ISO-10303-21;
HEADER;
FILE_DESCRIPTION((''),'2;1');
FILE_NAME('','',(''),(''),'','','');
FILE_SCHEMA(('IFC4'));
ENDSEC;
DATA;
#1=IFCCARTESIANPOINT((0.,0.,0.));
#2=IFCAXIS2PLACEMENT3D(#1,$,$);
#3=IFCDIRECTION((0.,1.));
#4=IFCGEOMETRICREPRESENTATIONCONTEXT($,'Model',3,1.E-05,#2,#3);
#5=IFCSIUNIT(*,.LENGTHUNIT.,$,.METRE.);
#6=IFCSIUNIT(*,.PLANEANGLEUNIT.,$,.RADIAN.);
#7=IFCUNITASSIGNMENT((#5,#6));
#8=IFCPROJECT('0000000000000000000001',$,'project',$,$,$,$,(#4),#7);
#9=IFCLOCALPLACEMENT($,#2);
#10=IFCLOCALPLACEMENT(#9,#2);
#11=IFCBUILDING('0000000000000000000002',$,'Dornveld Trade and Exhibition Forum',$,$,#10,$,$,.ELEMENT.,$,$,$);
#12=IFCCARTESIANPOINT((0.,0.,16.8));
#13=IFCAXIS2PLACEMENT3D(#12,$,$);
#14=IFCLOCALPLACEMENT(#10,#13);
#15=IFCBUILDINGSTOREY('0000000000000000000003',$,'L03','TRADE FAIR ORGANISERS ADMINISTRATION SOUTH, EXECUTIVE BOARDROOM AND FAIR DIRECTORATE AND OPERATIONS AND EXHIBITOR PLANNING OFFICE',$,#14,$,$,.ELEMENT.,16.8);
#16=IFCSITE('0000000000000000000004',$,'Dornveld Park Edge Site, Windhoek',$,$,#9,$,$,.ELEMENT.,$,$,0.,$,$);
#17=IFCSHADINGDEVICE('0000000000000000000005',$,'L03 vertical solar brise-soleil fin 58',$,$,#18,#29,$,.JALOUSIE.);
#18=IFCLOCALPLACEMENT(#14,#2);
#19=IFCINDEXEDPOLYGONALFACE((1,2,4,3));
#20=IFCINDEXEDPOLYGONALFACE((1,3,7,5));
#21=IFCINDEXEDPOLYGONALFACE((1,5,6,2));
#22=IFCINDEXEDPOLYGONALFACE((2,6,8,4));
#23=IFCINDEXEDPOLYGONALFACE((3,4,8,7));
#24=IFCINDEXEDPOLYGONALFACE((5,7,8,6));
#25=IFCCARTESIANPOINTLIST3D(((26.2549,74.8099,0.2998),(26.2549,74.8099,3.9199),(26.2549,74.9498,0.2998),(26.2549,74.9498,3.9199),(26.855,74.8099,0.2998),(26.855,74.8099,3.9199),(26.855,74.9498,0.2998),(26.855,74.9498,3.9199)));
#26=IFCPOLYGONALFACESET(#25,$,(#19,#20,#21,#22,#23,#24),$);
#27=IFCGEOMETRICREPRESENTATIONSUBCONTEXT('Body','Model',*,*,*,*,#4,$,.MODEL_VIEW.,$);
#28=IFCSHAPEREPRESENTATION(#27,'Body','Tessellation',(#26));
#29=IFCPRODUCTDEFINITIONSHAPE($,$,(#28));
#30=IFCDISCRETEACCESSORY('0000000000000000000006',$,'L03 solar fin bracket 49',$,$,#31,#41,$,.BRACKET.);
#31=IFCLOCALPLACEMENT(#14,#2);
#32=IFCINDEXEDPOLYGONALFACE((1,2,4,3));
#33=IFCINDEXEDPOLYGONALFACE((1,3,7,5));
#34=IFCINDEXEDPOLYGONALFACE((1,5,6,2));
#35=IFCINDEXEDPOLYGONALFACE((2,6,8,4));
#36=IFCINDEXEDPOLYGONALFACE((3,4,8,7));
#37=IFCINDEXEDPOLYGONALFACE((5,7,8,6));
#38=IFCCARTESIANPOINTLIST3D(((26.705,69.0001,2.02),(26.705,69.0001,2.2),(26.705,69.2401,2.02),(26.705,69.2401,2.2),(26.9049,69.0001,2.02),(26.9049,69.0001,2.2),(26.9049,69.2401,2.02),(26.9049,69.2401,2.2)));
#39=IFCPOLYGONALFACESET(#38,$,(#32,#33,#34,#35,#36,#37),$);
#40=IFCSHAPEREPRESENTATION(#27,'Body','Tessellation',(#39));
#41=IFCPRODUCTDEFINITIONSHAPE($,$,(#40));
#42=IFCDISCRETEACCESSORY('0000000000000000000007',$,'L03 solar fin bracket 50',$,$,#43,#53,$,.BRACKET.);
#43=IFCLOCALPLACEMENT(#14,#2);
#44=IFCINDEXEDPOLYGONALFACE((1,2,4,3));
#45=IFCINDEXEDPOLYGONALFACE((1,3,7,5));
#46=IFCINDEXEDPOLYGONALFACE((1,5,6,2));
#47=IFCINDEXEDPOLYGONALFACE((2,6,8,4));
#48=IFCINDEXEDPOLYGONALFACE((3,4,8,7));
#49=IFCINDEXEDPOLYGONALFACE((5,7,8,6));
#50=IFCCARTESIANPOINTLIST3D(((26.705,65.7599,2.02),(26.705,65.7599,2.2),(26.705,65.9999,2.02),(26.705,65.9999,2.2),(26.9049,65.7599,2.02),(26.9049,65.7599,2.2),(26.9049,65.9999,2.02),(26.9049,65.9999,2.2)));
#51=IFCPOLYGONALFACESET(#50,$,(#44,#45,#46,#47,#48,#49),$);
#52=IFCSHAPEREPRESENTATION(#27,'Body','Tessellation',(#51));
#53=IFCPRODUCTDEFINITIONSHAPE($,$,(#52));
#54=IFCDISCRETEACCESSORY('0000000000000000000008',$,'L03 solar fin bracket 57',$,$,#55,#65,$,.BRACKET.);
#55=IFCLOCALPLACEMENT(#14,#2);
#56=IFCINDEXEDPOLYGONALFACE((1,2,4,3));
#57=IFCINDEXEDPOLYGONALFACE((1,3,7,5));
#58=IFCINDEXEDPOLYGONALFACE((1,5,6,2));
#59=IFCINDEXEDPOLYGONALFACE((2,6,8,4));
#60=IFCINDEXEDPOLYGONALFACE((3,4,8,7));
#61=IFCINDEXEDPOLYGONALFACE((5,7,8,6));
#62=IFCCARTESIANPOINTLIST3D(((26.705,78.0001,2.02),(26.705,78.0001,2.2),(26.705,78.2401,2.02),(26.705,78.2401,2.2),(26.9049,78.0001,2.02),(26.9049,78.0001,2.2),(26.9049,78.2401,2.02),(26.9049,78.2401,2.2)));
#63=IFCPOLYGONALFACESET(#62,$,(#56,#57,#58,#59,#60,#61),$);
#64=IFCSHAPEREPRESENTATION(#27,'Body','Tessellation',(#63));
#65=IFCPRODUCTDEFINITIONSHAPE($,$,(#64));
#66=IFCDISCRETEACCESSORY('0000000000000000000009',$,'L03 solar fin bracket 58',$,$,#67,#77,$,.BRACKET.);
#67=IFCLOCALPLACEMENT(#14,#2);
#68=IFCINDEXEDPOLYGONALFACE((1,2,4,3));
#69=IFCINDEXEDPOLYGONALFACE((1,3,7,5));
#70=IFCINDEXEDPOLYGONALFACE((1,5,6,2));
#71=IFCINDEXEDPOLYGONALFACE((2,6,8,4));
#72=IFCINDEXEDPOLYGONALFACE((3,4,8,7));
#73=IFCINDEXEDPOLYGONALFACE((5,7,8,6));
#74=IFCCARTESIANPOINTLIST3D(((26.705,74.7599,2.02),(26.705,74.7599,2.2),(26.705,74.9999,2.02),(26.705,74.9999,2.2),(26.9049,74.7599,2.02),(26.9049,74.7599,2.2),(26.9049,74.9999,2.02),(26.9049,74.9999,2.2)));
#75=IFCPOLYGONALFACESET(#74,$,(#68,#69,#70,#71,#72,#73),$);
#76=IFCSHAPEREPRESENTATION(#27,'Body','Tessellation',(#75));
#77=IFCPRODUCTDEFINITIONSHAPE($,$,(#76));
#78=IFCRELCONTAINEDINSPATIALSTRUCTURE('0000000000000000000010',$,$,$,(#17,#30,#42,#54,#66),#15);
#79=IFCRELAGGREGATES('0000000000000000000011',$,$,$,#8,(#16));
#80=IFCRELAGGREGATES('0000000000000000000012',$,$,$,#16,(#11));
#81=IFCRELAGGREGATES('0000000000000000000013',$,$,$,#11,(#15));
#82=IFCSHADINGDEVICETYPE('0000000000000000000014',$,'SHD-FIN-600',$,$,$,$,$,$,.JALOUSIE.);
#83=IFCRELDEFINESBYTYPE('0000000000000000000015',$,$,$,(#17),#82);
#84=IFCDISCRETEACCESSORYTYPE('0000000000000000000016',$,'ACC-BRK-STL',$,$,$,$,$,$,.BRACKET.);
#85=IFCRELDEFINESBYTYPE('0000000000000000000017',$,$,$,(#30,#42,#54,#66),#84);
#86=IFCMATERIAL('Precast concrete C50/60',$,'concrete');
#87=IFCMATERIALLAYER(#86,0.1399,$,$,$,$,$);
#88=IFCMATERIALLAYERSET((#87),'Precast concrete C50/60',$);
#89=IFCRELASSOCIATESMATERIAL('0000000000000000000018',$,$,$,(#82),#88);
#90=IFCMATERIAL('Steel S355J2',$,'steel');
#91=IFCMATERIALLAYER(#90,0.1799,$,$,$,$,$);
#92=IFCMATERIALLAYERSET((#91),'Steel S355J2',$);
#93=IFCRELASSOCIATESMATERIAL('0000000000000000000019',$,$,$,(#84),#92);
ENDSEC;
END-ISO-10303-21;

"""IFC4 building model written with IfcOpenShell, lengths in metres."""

from ifc_helpers import new_model, si_unit, direction, frame, origin, origin_2d, place, context, subcontext, project, spatial, rectangle, extrude, material, layer, layer_set, type_object, element, save


model = new_model("IFC4")

# Units and contexts
model_context = context("Model", 3, precision=1e-05, world=origin(), true_north=direction((0.0, 1.0)))
body_context = subcontext(model_context, "Body", "Model", "MODEL_VIEW")
ifc_project = project(units=[si_unit("LENGTHUNIT", "METRE"), si_unit("PLANEANGLEUNIT", "RADIAN")], contexts=[model_context])

# Site, building, storey
site_placement = place(None, origin())
site = spatial("IfcSite", under=ifc_project, at=site_placement, Name="Dornveld Park Edge Site, Windhoek", CompositionType="ELEMENT", RefElevation=0.0)
building_placement = place(site_placement, origin())
building = spatial("IfcBuilding", under=site, at=building_placement, Name="Dornveld Trade and Exhibition Forum", CompositionType="ELEMENT")
storey_placement = place(building_placement, frame((0.0, 0.0, 16.8)))
storey = spatial("IfcBuildingStorey", under=building, at=storey_placement, Name="L03", Description="TRADE FAIR ORGANISERS ADMINISTRATION SOUTH, EXECUTIVE BOARDROOM AND FAIR DIRECTORATE AND OPERATIONS AND EXHIBITOR PLANNING OFFICE", CompositionType="ELEMENT", Elevation=16.8)

# Shading device
ifc_material_1 = material(Name="Precast concrete C50/60", Category="concrete")
ifc_layer_1 = layer(ifc_material_1, 0.1399)
ifc_layer_set_1 = layer_set([ifc_layer_1], Name="Precast concrete C50/60")
shading_device_type = type_object("IfcShadingDeviceType", Name="SHD-FIN-600", PredefinedType="JALOUSIE", material=ifc_layer_set_1)
for number, where, z_axis, x_axis, name in (
    (1, (26.5549, 74.8799, 0.2998), (0.0, 0.0, 1.0), (0.0, -1.0, 0.0), "L03 vertical solar brise-soleil fin 58"),
):
    element("IfcShadingDevice", number, at=place(storey_placement, frame(where, z_axis=z_axis, x_axis=x_axis)), inside=storey, type_object=shading_device_type, Name=name, PredefinedType="JALOUSIE", context=body_context, shape_type="SweptSolid", body=[
        extrude(rectangle(XDim=0.1399, YDim=0.6001, at=origin_2d()), origin(), (0.0, 0.0, 1.0), 3.6201),
    ])

# Discrete accessories
ifc_material_2 = material(Name="Steel S355J2", Category="steel")
ifc_layer_2 = layer(ifc_material_2, 0.1799)
ifc_layer_set_2 = layer_set([ifc_layer_2], Name="Steel S355J2")
discrete_accessory_type = type_object("IfcDiscreteAccessoryType", Name="ACC-BRK-STL", PredefinedType="BRACKET", material=ifc_layer_set_2)
for number, where, z_axis, x_axis, name in (
    (2, (26.8049, 69.1201, 2.02), (0.0, 0.0, 1.0), (0.0, -1.0, 0.0), "L03 solar fin bracket 49"),
    (3, (26.8049, 65.8799, 2.02), (0.0, 0.0, 1.0), (0.0, -1.0, 0.0), "L03 solar fin bracket 50"),
    (4, (26.8049, 78.1201, 2.02), (0.0, 0.0, 1.0), (0.0, -1.0, 0.0), "L03 solar fin bracket 57"),
    (5, (26.8049, 74.8799, 2.02), (0.0, 0.0, 1.0), (0.0, -1.0, 0.0), "L03 solar fin bracket 58"),
):
    element("IfcDiscreteAccessory", number, at=place(storey_placement, frame(where, z_axis=z_axis, x_axis=x_axis)), inside=storey, type_object=discrete_accessory_type, Name=name, PredefinedType="BRACKET", context=body_context, shape_type="SweptSolid", body=[
        extrude(rectangle(XDim=0.24, YDim=0.2, at=origin_2d()), origin(), (0.0, 0.0, 1.0), 0.1799),
    ])

save(model, "model.ifc")
